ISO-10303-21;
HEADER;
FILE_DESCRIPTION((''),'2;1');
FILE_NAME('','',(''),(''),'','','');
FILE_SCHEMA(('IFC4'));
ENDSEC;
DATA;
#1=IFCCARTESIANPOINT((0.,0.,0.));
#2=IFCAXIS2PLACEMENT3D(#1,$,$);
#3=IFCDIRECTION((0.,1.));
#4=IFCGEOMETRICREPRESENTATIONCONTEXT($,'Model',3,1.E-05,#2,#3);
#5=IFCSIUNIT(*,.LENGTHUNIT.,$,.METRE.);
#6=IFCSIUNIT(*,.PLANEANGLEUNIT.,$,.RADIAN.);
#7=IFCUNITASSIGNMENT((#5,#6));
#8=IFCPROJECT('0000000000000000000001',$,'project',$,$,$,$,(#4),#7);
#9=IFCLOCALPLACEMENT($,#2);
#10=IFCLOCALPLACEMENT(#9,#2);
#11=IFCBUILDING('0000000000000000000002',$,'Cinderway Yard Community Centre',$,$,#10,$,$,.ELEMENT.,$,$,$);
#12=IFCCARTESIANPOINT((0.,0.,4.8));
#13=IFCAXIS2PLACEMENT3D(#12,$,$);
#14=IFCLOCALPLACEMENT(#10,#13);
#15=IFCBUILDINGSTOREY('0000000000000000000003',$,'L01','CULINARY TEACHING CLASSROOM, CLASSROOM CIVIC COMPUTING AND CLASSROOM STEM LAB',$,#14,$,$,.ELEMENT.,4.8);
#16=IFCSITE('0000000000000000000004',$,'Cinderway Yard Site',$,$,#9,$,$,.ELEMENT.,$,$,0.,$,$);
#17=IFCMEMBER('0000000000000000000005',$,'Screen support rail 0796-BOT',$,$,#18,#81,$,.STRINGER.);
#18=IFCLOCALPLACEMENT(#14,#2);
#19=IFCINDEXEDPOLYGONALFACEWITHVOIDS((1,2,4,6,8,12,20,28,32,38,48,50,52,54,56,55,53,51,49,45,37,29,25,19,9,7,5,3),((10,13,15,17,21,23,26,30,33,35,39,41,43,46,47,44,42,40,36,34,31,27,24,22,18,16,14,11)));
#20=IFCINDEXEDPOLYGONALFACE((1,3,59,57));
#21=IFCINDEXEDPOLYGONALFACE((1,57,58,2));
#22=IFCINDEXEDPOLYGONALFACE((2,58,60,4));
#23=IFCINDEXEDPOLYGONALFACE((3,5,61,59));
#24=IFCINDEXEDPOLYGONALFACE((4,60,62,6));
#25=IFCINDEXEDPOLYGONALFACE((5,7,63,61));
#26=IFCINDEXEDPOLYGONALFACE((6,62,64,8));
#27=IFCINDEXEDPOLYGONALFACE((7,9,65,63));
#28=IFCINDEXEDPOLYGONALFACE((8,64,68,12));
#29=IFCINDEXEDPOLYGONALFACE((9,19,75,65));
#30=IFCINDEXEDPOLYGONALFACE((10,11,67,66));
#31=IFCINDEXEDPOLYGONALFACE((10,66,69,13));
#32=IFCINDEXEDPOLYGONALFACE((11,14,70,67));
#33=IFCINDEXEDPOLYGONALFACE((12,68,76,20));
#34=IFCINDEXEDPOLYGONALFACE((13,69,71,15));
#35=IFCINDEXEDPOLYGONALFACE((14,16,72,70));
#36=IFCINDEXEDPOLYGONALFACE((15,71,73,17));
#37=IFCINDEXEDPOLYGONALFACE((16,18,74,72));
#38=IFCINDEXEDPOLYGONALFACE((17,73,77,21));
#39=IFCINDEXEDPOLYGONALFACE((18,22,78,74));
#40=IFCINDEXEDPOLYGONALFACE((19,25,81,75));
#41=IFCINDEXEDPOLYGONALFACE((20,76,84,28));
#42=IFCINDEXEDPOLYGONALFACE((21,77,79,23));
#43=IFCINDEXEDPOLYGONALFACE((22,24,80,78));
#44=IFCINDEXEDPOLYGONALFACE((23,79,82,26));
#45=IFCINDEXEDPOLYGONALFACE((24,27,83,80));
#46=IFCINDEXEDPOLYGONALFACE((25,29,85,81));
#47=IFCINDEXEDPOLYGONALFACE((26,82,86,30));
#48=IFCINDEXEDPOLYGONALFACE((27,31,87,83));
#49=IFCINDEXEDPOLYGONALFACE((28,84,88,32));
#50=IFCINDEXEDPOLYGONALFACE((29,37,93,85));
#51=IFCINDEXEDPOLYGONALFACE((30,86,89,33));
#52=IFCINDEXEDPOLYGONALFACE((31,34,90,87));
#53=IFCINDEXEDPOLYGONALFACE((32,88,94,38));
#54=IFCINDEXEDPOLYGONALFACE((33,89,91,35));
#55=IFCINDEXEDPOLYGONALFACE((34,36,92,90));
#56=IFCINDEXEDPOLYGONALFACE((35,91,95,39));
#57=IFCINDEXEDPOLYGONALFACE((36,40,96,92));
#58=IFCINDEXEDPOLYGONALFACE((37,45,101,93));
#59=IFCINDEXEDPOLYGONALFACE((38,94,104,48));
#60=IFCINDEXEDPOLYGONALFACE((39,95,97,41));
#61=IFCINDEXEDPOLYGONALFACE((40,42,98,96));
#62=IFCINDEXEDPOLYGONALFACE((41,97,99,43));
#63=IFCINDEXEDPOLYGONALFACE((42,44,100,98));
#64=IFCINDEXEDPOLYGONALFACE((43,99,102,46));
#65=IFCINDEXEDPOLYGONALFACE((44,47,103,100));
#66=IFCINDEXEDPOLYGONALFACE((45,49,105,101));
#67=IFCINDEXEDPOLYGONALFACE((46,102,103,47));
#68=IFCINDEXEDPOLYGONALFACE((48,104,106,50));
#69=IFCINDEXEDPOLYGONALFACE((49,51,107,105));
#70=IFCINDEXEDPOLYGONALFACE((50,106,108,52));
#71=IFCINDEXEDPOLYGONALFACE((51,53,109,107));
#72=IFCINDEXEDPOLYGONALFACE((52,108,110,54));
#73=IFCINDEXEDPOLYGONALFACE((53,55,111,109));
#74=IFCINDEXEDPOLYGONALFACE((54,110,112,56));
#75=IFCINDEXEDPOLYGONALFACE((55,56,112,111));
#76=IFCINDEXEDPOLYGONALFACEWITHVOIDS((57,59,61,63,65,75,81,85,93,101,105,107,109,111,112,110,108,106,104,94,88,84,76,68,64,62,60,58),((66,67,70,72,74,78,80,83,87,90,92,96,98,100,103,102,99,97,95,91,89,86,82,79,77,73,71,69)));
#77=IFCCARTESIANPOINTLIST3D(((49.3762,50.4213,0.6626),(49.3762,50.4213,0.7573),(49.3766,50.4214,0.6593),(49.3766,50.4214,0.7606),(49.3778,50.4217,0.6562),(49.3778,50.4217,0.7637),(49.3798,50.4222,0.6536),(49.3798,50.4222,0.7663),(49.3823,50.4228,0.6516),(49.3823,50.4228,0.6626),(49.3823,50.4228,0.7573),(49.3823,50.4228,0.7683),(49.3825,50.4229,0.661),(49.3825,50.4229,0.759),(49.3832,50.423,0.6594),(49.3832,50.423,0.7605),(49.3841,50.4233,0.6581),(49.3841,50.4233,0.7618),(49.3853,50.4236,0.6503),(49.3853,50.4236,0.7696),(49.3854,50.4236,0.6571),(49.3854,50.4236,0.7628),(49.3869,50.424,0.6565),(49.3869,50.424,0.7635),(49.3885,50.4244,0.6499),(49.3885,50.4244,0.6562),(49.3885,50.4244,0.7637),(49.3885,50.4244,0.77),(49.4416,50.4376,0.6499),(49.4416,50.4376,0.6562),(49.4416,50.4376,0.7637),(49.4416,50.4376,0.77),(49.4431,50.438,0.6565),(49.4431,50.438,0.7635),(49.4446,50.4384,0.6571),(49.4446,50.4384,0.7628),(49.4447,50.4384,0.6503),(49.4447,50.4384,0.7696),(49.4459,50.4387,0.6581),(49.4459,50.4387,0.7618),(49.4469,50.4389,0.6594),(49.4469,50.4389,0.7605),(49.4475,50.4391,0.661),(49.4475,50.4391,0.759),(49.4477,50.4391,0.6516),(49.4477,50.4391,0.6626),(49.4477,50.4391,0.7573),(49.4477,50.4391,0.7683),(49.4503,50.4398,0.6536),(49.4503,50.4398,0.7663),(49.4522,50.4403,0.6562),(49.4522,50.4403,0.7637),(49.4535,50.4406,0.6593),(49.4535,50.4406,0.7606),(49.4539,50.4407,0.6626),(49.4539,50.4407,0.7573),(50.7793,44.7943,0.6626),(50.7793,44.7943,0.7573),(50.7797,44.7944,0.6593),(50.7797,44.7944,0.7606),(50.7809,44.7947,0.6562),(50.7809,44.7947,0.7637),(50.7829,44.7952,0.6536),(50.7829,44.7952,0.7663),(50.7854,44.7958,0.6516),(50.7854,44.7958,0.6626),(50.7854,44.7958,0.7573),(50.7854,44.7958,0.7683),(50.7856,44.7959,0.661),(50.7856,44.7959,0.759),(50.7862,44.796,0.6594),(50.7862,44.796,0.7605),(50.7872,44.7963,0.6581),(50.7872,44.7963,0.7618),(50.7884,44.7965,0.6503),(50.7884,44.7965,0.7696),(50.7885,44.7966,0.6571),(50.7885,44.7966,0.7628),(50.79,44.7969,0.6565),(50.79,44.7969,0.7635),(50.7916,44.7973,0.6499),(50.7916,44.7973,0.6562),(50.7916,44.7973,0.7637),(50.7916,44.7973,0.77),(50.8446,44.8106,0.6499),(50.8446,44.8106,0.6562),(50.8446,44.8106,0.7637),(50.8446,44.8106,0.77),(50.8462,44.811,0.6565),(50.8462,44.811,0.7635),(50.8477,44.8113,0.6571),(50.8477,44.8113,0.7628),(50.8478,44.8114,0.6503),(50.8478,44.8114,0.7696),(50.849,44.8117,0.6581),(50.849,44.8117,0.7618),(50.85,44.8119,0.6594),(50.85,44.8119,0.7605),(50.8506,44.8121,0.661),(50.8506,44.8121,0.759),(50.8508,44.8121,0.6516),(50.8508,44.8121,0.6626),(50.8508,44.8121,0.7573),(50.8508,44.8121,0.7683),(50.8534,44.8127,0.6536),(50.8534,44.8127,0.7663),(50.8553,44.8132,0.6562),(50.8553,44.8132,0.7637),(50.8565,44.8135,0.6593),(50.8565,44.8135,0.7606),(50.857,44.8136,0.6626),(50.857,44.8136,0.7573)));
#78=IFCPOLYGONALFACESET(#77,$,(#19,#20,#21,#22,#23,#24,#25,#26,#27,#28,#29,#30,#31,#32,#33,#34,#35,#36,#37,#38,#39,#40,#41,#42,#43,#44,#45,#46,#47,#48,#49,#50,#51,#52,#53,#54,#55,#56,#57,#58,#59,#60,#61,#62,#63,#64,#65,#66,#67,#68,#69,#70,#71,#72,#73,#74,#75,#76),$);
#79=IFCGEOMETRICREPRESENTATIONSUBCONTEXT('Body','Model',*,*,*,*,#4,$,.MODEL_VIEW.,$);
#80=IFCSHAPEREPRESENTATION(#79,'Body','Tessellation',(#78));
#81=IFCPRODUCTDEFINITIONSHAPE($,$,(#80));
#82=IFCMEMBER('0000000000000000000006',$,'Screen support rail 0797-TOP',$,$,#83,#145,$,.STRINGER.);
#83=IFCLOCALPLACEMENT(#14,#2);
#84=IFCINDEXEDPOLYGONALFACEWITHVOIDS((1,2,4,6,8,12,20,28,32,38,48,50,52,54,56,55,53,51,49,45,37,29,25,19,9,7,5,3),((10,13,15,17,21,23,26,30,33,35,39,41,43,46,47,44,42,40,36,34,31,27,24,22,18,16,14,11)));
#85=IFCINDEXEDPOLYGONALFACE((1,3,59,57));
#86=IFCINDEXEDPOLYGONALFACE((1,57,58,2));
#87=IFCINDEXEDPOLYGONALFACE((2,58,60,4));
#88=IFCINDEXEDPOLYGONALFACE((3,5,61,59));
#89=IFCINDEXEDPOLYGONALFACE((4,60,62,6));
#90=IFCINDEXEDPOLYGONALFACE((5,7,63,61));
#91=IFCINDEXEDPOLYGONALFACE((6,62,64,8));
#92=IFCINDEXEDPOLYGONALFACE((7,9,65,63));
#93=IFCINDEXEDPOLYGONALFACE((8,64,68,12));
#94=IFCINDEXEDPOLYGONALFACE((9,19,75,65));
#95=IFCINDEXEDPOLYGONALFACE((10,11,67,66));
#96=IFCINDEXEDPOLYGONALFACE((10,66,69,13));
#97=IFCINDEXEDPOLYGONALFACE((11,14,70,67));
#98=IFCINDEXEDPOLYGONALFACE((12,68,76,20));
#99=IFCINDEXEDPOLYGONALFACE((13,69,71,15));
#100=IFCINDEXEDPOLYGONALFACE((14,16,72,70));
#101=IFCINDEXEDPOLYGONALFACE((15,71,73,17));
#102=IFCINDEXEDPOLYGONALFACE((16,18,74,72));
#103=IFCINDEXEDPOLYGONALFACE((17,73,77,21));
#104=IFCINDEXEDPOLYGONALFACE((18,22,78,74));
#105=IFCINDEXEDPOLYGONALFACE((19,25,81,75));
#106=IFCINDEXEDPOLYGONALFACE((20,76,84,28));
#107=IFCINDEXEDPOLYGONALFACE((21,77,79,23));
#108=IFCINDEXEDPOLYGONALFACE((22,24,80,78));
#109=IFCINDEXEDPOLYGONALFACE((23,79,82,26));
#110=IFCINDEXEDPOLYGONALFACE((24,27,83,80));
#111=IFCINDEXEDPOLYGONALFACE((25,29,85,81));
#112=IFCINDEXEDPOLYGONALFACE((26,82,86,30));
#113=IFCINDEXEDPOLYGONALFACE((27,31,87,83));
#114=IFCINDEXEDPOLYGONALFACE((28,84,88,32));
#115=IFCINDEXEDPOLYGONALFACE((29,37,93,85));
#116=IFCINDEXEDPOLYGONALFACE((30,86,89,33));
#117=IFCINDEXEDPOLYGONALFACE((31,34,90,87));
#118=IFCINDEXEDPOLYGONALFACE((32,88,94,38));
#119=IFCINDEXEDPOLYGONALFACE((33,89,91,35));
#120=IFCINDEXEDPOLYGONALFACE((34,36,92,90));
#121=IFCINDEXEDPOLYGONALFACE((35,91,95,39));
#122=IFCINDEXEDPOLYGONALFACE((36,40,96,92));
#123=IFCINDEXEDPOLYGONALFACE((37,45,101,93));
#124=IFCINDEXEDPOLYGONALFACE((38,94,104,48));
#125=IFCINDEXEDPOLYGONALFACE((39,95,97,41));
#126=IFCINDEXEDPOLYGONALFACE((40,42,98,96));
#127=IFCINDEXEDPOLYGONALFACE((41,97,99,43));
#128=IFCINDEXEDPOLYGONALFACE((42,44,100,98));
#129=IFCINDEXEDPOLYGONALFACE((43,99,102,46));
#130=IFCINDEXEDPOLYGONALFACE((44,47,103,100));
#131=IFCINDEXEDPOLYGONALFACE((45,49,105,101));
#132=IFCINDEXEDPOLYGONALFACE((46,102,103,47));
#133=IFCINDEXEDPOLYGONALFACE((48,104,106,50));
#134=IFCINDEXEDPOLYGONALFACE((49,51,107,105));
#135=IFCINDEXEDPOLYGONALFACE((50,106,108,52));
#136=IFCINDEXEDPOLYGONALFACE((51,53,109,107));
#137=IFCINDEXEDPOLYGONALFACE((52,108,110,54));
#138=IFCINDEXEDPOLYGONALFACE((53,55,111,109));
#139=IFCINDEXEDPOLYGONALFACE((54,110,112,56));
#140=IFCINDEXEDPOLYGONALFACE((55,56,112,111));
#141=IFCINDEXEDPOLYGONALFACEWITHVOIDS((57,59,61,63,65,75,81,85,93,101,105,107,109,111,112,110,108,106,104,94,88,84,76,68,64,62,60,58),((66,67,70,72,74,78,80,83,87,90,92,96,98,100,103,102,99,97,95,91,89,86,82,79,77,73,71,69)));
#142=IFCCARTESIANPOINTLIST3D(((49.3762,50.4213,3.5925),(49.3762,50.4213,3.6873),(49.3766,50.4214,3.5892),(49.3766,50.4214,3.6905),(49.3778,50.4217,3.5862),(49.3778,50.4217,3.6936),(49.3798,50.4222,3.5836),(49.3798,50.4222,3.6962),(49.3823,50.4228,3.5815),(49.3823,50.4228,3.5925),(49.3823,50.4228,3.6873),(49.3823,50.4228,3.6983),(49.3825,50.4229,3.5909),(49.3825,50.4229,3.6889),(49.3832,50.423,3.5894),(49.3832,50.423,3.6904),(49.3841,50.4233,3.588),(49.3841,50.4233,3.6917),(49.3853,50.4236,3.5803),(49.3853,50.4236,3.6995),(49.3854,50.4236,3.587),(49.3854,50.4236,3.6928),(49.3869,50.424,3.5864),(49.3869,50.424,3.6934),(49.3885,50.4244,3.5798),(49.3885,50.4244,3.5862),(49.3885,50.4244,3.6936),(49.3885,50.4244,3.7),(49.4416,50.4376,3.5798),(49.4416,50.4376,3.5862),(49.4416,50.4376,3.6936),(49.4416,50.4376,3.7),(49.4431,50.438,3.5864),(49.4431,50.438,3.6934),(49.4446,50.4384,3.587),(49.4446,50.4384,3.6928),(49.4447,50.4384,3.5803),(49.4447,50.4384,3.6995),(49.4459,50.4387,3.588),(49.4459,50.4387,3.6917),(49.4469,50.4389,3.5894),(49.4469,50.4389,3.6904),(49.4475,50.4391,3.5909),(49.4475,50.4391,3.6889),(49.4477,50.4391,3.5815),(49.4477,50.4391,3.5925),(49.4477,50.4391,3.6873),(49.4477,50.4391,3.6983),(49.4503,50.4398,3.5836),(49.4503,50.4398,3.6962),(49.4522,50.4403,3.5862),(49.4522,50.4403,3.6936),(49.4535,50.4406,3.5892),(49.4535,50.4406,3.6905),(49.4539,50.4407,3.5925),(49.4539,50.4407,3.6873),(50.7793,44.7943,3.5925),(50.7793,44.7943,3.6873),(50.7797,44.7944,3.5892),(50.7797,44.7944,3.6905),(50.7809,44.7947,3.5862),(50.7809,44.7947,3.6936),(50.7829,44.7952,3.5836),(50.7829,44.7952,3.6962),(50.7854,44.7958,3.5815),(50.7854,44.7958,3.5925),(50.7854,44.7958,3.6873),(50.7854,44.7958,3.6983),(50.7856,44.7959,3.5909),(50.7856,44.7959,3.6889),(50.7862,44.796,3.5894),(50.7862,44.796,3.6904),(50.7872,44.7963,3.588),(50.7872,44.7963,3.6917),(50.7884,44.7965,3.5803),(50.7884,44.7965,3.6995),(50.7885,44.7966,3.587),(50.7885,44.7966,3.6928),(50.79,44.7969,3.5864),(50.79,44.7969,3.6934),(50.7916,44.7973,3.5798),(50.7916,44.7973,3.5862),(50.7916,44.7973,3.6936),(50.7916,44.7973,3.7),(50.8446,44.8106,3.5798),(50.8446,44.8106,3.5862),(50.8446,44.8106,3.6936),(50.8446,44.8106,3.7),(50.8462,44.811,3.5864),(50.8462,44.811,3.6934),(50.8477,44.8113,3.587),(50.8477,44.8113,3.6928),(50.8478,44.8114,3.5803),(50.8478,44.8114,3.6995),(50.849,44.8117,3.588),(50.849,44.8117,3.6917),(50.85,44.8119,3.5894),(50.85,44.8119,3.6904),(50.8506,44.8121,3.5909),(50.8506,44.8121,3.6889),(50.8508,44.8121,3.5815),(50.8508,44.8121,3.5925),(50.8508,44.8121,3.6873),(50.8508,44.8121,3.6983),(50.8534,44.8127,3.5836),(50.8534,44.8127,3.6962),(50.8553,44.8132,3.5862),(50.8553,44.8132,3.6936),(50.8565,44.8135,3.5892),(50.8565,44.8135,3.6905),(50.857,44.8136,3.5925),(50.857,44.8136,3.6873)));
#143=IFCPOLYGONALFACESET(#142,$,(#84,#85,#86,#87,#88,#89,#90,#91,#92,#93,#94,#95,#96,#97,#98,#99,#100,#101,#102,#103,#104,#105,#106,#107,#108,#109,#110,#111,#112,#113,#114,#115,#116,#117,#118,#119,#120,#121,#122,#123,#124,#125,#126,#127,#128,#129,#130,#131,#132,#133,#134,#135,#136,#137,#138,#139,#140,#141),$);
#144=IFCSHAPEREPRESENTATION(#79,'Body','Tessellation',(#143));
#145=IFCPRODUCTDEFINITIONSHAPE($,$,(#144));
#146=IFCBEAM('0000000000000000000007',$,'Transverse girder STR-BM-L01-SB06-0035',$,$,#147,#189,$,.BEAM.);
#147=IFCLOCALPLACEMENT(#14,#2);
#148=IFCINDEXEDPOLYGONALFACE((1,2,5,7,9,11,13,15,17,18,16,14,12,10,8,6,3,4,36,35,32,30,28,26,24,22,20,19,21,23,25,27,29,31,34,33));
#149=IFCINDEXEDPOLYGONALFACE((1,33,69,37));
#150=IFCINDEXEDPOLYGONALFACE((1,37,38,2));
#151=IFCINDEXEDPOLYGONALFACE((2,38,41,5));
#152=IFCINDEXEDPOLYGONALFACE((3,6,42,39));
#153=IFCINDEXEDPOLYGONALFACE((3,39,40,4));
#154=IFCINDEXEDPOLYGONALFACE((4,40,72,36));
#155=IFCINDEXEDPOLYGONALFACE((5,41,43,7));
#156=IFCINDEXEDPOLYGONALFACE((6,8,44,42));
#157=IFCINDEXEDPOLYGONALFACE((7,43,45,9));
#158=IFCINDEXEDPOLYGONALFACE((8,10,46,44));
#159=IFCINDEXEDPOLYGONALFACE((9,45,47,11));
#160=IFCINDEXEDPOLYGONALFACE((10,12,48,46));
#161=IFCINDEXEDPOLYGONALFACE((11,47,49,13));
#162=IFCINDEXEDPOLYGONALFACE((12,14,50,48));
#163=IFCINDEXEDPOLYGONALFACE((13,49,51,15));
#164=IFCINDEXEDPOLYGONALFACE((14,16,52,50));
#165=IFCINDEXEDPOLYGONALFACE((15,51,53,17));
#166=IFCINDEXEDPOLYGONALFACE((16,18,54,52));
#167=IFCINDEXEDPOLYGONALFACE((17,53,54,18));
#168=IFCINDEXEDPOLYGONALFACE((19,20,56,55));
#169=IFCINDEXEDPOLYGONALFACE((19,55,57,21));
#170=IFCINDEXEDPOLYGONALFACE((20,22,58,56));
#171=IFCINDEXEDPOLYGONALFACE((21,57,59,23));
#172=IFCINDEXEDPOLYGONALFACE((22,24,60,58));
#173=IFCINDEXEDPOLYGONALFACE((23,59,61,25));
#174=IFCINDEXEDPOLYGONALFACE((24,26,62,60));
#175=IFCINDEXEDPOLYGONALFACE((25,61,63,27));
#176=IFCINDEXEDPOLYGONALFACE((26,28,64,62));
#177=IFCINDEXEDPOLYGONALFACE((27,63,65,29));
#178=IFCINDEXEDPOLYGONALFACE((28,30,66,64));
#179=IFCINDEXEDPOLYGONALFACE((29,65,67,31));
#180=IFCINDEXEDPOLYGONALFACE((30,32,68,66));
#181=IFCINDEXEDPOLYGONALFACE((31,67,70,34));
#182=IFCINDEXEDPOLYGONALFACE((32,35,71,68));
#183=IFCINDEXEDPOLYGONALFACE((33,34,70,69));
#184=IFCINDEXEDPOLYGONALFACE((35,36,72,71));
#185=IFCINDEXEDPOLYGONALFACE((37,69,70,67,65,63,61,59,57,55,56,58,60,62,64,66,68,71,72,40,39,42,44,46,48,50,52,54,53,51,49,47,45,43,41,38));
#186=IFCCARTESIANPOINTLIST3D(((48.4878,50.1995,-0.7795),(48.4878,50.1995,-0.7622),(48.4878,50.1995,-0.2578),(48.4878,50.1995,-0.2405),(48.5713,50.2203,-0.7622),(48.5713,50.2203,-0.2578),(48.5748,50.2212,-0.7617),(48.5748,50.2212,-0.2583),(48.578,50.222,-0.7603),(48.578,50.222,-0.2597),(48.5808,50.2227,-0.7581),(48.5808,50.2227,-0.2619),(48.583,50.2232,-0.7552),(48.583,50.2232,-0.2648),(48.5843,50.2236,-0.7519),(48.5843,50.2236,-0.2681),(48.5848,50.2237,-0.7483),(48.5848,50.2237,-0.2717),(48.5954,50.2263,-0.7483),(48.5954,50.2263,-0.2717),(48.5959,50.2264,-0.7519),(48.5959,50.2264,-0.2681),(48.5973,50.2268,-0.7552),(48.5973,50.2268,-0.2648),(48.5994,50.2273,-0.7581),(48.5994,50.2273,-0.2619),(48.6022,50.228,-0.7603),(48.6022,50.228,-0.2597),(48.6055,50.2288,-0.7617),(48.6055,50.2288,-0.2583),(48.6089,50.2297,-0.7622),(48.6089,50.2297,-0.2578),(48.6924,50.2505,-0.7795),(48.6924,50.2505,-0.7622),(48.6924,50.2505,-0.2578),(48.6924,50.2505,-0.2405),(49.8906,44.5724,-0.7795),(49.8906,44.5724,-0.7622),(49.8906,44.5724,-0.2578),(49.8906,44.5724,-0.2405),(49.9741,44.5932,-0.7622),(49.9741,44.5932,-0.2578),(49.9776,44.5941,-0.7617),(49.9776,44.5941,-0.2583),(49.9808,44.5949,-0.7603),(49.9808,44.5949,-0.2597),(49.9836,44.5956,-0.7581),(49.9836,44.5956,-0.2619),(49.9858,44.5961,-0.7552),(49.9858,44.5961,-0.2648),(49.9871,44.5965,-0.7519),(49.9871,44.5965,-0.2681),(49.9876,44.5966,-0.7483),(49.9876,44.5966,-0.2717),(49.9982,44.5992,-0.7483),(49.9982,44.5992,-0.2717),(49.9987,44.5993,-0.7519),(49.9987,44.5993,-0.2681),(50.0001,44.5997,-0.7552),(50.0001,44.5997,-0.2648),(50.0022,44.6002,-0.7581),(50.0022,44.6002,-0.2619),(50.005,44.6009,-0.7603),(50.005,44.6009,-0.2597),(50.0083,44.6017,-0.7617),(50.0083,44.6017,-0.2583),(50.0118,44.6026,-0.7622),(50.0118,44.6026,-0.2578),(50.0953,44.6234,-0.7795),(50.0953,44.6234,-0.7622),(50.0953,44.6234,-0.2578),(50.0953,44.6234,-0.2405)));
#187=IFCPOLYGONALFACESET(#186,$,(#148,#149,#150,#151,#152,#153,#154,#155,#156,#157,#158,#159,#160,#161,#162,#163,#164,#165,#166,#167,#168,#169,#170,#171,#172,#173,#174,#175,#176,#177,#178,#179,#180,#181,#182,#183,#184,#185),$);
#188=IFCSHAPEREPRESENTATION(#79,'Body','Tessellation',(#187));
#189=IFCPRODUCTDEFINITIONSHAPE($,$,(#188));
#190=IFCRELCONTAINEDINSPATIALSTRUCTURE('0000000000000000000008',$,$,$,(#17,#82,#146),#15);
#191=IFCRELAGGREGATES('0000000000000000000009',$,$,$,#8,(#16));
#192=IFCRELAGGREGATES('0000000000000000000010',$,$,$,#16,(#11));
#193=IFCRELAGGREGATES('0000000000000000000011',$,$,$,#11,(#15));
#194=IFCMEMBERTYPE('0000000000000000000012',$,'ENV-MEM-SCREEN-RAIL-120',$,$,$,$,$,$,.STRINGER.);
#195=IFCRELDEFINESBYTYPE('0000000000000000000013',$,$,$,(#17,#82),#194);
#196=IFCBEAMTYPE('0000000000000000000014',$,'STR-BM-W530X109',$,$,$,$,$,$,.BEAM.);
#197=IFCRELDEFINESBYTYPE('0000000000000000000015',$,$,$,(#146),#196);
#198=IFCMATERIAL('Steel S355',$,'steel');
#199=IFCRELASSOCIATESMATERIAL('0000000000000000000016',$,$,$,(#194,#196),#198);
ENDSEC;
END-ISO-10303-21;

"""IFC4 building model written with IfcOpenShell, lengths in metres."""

from ifc_helpers import new_model, si_unit, direction, frame, origin, origin_2d, place, context, subcontext, project, spatial, hollow_rectangle, i_section, extrude, material, material_profile, profile_set, type_object, element, save


model = new_model("IFC4")

# Units and contexts
model_context = context("Model", 3, precision=1e-05, world=origin(), true_north=direction((0.0, 1.0)))
body_context = subcontext(model_context, "Body", "Model", "MODEL_VIEW")
ifc_project = project(units=[si_unit("LENGTHUNIT", "METRE"), si_unit("PLANEANGLEUNIT", "RADIAN")], contexts=[model_context])

# Site, building, storey
site_placement = place(None, origin())
site = spatial("IfcSite", under=ifc_project, at=site_placement, Name="Cinderway Yard Site", CompositionType="ELEMENT", RefElevation=0.0)
building_placement = place(site_placement, origin())
building = spatial("IfcBuilding", under=site, at=building_placement, Name="Cinderway Yard Community Centre", CompositionType="ELEMENT")
storey_placement = place(building_placement, frame((0.0, 0.0, 4.8)))
storey = spatial("IfcBuildingStorey", under=building, at=storey_placement, Name="L01", Description="CULINARY TEACHING CLASSROOM, CLASSROOM CIVIC COMPUTING AND CLASSROOM STEM LAB", CompositionType="ELEMENT", Elevation=4.8)

# Members
ifc_material_1 = material(Name="Steel S355", Category="steel")
ifc_material_profile_1 = material_profile(ifc_material_1, hollow_rectangle(XDim=0.0801, YDim=0.1201, WallThickness=0.0063, InnerFilletRadius=0.0063, OuterFilletRadius=0.0127, at=origin_2d()), Name="Steel S355")
ifc_profile_set_1 = profile_set([ifc_material_profile_1], Name="Steel S355")
member_type_1 = type_object("IfcMemberType", Name="ENV-MEM-SCREEN-RAIL-120", PredefinedType="STRINGER", material=ifc_profile_set_1)
for number, where, z_axis, x_axis, name in (
    (1, (50.8181, 44.804, 0.71), (-0.241941, 0.970291, 0.0), (-0.970291, -0.241941, 0.0), "Screen support rail 0796-BOT"),
    (2, (50.8181, 44.804, 3.6399), (-0.241941, 0.970291, 0.0), (-0.970291, -0.241941, 0.0), "Screen support rail 0797-TOP"),
):
    element("IfcMember", number, at=place(storey_placement, frame(where, z_axis=z_axis, x_axis=x_axis)), inside=storey, type_object=member_type_1, Name=name, PredefinedType="STRINGER", context=body_context, shape_type="SweptSolid", body=[
        extrude(hollow_rectangle(XDim=0.0801, YDim=0.1201, WallThickness=0.0063, InnerFilletRadius=0.0063, OuterFilletRadius=0.0127, at=origin_2d()), origin(), (0.0, 0.0, 1.0), 5.7993),
    ])

# Beam
ifc_material_profile_2 = material_profile(ifc_material_1, i_section(OverallWidth=0.2109, OverallDepth=0.5391, WebThickness=0.011, FlangeThickness=0.0173, FilletRadius=0.0139, at=origin_2d()), Name="Steel S355")
ifc_profile_set_2 = profile_set([ifc_material_profile_2], Name="Steel S355")
beam_type = type_object("IfcBeamType", Name="STR-BM-W530X109", PredefinedType="BEAM", material=ifc_profile_set_2)
beam_placement = place(storey_placement, frame((49.9929, 44.5979, -0.51), z_axis=(-0.241892, 0.970303, 0.0), x_axis=(-0.970303, -0.241892, 0.0)))
element("IfcBeam", 3, at=beam_placement, inside=storey, type_object=beam_type, Name="Transverse girder STR-BM-L01-SB06-0035", PredefinedType="BEAM", context=body_context, shape_type="SweptSolid", body=[
    extrude(i_section(OverallWidth=0.2109, OverallDepth=0.5391, WebThickness=0.011, FlangeThickness=0.0173, FilletRadius=0.0139, at=origin_2d()), origin(), (0.0, 0.0, 1.0), 5.7993),
])

save(model, "model.ifc")
